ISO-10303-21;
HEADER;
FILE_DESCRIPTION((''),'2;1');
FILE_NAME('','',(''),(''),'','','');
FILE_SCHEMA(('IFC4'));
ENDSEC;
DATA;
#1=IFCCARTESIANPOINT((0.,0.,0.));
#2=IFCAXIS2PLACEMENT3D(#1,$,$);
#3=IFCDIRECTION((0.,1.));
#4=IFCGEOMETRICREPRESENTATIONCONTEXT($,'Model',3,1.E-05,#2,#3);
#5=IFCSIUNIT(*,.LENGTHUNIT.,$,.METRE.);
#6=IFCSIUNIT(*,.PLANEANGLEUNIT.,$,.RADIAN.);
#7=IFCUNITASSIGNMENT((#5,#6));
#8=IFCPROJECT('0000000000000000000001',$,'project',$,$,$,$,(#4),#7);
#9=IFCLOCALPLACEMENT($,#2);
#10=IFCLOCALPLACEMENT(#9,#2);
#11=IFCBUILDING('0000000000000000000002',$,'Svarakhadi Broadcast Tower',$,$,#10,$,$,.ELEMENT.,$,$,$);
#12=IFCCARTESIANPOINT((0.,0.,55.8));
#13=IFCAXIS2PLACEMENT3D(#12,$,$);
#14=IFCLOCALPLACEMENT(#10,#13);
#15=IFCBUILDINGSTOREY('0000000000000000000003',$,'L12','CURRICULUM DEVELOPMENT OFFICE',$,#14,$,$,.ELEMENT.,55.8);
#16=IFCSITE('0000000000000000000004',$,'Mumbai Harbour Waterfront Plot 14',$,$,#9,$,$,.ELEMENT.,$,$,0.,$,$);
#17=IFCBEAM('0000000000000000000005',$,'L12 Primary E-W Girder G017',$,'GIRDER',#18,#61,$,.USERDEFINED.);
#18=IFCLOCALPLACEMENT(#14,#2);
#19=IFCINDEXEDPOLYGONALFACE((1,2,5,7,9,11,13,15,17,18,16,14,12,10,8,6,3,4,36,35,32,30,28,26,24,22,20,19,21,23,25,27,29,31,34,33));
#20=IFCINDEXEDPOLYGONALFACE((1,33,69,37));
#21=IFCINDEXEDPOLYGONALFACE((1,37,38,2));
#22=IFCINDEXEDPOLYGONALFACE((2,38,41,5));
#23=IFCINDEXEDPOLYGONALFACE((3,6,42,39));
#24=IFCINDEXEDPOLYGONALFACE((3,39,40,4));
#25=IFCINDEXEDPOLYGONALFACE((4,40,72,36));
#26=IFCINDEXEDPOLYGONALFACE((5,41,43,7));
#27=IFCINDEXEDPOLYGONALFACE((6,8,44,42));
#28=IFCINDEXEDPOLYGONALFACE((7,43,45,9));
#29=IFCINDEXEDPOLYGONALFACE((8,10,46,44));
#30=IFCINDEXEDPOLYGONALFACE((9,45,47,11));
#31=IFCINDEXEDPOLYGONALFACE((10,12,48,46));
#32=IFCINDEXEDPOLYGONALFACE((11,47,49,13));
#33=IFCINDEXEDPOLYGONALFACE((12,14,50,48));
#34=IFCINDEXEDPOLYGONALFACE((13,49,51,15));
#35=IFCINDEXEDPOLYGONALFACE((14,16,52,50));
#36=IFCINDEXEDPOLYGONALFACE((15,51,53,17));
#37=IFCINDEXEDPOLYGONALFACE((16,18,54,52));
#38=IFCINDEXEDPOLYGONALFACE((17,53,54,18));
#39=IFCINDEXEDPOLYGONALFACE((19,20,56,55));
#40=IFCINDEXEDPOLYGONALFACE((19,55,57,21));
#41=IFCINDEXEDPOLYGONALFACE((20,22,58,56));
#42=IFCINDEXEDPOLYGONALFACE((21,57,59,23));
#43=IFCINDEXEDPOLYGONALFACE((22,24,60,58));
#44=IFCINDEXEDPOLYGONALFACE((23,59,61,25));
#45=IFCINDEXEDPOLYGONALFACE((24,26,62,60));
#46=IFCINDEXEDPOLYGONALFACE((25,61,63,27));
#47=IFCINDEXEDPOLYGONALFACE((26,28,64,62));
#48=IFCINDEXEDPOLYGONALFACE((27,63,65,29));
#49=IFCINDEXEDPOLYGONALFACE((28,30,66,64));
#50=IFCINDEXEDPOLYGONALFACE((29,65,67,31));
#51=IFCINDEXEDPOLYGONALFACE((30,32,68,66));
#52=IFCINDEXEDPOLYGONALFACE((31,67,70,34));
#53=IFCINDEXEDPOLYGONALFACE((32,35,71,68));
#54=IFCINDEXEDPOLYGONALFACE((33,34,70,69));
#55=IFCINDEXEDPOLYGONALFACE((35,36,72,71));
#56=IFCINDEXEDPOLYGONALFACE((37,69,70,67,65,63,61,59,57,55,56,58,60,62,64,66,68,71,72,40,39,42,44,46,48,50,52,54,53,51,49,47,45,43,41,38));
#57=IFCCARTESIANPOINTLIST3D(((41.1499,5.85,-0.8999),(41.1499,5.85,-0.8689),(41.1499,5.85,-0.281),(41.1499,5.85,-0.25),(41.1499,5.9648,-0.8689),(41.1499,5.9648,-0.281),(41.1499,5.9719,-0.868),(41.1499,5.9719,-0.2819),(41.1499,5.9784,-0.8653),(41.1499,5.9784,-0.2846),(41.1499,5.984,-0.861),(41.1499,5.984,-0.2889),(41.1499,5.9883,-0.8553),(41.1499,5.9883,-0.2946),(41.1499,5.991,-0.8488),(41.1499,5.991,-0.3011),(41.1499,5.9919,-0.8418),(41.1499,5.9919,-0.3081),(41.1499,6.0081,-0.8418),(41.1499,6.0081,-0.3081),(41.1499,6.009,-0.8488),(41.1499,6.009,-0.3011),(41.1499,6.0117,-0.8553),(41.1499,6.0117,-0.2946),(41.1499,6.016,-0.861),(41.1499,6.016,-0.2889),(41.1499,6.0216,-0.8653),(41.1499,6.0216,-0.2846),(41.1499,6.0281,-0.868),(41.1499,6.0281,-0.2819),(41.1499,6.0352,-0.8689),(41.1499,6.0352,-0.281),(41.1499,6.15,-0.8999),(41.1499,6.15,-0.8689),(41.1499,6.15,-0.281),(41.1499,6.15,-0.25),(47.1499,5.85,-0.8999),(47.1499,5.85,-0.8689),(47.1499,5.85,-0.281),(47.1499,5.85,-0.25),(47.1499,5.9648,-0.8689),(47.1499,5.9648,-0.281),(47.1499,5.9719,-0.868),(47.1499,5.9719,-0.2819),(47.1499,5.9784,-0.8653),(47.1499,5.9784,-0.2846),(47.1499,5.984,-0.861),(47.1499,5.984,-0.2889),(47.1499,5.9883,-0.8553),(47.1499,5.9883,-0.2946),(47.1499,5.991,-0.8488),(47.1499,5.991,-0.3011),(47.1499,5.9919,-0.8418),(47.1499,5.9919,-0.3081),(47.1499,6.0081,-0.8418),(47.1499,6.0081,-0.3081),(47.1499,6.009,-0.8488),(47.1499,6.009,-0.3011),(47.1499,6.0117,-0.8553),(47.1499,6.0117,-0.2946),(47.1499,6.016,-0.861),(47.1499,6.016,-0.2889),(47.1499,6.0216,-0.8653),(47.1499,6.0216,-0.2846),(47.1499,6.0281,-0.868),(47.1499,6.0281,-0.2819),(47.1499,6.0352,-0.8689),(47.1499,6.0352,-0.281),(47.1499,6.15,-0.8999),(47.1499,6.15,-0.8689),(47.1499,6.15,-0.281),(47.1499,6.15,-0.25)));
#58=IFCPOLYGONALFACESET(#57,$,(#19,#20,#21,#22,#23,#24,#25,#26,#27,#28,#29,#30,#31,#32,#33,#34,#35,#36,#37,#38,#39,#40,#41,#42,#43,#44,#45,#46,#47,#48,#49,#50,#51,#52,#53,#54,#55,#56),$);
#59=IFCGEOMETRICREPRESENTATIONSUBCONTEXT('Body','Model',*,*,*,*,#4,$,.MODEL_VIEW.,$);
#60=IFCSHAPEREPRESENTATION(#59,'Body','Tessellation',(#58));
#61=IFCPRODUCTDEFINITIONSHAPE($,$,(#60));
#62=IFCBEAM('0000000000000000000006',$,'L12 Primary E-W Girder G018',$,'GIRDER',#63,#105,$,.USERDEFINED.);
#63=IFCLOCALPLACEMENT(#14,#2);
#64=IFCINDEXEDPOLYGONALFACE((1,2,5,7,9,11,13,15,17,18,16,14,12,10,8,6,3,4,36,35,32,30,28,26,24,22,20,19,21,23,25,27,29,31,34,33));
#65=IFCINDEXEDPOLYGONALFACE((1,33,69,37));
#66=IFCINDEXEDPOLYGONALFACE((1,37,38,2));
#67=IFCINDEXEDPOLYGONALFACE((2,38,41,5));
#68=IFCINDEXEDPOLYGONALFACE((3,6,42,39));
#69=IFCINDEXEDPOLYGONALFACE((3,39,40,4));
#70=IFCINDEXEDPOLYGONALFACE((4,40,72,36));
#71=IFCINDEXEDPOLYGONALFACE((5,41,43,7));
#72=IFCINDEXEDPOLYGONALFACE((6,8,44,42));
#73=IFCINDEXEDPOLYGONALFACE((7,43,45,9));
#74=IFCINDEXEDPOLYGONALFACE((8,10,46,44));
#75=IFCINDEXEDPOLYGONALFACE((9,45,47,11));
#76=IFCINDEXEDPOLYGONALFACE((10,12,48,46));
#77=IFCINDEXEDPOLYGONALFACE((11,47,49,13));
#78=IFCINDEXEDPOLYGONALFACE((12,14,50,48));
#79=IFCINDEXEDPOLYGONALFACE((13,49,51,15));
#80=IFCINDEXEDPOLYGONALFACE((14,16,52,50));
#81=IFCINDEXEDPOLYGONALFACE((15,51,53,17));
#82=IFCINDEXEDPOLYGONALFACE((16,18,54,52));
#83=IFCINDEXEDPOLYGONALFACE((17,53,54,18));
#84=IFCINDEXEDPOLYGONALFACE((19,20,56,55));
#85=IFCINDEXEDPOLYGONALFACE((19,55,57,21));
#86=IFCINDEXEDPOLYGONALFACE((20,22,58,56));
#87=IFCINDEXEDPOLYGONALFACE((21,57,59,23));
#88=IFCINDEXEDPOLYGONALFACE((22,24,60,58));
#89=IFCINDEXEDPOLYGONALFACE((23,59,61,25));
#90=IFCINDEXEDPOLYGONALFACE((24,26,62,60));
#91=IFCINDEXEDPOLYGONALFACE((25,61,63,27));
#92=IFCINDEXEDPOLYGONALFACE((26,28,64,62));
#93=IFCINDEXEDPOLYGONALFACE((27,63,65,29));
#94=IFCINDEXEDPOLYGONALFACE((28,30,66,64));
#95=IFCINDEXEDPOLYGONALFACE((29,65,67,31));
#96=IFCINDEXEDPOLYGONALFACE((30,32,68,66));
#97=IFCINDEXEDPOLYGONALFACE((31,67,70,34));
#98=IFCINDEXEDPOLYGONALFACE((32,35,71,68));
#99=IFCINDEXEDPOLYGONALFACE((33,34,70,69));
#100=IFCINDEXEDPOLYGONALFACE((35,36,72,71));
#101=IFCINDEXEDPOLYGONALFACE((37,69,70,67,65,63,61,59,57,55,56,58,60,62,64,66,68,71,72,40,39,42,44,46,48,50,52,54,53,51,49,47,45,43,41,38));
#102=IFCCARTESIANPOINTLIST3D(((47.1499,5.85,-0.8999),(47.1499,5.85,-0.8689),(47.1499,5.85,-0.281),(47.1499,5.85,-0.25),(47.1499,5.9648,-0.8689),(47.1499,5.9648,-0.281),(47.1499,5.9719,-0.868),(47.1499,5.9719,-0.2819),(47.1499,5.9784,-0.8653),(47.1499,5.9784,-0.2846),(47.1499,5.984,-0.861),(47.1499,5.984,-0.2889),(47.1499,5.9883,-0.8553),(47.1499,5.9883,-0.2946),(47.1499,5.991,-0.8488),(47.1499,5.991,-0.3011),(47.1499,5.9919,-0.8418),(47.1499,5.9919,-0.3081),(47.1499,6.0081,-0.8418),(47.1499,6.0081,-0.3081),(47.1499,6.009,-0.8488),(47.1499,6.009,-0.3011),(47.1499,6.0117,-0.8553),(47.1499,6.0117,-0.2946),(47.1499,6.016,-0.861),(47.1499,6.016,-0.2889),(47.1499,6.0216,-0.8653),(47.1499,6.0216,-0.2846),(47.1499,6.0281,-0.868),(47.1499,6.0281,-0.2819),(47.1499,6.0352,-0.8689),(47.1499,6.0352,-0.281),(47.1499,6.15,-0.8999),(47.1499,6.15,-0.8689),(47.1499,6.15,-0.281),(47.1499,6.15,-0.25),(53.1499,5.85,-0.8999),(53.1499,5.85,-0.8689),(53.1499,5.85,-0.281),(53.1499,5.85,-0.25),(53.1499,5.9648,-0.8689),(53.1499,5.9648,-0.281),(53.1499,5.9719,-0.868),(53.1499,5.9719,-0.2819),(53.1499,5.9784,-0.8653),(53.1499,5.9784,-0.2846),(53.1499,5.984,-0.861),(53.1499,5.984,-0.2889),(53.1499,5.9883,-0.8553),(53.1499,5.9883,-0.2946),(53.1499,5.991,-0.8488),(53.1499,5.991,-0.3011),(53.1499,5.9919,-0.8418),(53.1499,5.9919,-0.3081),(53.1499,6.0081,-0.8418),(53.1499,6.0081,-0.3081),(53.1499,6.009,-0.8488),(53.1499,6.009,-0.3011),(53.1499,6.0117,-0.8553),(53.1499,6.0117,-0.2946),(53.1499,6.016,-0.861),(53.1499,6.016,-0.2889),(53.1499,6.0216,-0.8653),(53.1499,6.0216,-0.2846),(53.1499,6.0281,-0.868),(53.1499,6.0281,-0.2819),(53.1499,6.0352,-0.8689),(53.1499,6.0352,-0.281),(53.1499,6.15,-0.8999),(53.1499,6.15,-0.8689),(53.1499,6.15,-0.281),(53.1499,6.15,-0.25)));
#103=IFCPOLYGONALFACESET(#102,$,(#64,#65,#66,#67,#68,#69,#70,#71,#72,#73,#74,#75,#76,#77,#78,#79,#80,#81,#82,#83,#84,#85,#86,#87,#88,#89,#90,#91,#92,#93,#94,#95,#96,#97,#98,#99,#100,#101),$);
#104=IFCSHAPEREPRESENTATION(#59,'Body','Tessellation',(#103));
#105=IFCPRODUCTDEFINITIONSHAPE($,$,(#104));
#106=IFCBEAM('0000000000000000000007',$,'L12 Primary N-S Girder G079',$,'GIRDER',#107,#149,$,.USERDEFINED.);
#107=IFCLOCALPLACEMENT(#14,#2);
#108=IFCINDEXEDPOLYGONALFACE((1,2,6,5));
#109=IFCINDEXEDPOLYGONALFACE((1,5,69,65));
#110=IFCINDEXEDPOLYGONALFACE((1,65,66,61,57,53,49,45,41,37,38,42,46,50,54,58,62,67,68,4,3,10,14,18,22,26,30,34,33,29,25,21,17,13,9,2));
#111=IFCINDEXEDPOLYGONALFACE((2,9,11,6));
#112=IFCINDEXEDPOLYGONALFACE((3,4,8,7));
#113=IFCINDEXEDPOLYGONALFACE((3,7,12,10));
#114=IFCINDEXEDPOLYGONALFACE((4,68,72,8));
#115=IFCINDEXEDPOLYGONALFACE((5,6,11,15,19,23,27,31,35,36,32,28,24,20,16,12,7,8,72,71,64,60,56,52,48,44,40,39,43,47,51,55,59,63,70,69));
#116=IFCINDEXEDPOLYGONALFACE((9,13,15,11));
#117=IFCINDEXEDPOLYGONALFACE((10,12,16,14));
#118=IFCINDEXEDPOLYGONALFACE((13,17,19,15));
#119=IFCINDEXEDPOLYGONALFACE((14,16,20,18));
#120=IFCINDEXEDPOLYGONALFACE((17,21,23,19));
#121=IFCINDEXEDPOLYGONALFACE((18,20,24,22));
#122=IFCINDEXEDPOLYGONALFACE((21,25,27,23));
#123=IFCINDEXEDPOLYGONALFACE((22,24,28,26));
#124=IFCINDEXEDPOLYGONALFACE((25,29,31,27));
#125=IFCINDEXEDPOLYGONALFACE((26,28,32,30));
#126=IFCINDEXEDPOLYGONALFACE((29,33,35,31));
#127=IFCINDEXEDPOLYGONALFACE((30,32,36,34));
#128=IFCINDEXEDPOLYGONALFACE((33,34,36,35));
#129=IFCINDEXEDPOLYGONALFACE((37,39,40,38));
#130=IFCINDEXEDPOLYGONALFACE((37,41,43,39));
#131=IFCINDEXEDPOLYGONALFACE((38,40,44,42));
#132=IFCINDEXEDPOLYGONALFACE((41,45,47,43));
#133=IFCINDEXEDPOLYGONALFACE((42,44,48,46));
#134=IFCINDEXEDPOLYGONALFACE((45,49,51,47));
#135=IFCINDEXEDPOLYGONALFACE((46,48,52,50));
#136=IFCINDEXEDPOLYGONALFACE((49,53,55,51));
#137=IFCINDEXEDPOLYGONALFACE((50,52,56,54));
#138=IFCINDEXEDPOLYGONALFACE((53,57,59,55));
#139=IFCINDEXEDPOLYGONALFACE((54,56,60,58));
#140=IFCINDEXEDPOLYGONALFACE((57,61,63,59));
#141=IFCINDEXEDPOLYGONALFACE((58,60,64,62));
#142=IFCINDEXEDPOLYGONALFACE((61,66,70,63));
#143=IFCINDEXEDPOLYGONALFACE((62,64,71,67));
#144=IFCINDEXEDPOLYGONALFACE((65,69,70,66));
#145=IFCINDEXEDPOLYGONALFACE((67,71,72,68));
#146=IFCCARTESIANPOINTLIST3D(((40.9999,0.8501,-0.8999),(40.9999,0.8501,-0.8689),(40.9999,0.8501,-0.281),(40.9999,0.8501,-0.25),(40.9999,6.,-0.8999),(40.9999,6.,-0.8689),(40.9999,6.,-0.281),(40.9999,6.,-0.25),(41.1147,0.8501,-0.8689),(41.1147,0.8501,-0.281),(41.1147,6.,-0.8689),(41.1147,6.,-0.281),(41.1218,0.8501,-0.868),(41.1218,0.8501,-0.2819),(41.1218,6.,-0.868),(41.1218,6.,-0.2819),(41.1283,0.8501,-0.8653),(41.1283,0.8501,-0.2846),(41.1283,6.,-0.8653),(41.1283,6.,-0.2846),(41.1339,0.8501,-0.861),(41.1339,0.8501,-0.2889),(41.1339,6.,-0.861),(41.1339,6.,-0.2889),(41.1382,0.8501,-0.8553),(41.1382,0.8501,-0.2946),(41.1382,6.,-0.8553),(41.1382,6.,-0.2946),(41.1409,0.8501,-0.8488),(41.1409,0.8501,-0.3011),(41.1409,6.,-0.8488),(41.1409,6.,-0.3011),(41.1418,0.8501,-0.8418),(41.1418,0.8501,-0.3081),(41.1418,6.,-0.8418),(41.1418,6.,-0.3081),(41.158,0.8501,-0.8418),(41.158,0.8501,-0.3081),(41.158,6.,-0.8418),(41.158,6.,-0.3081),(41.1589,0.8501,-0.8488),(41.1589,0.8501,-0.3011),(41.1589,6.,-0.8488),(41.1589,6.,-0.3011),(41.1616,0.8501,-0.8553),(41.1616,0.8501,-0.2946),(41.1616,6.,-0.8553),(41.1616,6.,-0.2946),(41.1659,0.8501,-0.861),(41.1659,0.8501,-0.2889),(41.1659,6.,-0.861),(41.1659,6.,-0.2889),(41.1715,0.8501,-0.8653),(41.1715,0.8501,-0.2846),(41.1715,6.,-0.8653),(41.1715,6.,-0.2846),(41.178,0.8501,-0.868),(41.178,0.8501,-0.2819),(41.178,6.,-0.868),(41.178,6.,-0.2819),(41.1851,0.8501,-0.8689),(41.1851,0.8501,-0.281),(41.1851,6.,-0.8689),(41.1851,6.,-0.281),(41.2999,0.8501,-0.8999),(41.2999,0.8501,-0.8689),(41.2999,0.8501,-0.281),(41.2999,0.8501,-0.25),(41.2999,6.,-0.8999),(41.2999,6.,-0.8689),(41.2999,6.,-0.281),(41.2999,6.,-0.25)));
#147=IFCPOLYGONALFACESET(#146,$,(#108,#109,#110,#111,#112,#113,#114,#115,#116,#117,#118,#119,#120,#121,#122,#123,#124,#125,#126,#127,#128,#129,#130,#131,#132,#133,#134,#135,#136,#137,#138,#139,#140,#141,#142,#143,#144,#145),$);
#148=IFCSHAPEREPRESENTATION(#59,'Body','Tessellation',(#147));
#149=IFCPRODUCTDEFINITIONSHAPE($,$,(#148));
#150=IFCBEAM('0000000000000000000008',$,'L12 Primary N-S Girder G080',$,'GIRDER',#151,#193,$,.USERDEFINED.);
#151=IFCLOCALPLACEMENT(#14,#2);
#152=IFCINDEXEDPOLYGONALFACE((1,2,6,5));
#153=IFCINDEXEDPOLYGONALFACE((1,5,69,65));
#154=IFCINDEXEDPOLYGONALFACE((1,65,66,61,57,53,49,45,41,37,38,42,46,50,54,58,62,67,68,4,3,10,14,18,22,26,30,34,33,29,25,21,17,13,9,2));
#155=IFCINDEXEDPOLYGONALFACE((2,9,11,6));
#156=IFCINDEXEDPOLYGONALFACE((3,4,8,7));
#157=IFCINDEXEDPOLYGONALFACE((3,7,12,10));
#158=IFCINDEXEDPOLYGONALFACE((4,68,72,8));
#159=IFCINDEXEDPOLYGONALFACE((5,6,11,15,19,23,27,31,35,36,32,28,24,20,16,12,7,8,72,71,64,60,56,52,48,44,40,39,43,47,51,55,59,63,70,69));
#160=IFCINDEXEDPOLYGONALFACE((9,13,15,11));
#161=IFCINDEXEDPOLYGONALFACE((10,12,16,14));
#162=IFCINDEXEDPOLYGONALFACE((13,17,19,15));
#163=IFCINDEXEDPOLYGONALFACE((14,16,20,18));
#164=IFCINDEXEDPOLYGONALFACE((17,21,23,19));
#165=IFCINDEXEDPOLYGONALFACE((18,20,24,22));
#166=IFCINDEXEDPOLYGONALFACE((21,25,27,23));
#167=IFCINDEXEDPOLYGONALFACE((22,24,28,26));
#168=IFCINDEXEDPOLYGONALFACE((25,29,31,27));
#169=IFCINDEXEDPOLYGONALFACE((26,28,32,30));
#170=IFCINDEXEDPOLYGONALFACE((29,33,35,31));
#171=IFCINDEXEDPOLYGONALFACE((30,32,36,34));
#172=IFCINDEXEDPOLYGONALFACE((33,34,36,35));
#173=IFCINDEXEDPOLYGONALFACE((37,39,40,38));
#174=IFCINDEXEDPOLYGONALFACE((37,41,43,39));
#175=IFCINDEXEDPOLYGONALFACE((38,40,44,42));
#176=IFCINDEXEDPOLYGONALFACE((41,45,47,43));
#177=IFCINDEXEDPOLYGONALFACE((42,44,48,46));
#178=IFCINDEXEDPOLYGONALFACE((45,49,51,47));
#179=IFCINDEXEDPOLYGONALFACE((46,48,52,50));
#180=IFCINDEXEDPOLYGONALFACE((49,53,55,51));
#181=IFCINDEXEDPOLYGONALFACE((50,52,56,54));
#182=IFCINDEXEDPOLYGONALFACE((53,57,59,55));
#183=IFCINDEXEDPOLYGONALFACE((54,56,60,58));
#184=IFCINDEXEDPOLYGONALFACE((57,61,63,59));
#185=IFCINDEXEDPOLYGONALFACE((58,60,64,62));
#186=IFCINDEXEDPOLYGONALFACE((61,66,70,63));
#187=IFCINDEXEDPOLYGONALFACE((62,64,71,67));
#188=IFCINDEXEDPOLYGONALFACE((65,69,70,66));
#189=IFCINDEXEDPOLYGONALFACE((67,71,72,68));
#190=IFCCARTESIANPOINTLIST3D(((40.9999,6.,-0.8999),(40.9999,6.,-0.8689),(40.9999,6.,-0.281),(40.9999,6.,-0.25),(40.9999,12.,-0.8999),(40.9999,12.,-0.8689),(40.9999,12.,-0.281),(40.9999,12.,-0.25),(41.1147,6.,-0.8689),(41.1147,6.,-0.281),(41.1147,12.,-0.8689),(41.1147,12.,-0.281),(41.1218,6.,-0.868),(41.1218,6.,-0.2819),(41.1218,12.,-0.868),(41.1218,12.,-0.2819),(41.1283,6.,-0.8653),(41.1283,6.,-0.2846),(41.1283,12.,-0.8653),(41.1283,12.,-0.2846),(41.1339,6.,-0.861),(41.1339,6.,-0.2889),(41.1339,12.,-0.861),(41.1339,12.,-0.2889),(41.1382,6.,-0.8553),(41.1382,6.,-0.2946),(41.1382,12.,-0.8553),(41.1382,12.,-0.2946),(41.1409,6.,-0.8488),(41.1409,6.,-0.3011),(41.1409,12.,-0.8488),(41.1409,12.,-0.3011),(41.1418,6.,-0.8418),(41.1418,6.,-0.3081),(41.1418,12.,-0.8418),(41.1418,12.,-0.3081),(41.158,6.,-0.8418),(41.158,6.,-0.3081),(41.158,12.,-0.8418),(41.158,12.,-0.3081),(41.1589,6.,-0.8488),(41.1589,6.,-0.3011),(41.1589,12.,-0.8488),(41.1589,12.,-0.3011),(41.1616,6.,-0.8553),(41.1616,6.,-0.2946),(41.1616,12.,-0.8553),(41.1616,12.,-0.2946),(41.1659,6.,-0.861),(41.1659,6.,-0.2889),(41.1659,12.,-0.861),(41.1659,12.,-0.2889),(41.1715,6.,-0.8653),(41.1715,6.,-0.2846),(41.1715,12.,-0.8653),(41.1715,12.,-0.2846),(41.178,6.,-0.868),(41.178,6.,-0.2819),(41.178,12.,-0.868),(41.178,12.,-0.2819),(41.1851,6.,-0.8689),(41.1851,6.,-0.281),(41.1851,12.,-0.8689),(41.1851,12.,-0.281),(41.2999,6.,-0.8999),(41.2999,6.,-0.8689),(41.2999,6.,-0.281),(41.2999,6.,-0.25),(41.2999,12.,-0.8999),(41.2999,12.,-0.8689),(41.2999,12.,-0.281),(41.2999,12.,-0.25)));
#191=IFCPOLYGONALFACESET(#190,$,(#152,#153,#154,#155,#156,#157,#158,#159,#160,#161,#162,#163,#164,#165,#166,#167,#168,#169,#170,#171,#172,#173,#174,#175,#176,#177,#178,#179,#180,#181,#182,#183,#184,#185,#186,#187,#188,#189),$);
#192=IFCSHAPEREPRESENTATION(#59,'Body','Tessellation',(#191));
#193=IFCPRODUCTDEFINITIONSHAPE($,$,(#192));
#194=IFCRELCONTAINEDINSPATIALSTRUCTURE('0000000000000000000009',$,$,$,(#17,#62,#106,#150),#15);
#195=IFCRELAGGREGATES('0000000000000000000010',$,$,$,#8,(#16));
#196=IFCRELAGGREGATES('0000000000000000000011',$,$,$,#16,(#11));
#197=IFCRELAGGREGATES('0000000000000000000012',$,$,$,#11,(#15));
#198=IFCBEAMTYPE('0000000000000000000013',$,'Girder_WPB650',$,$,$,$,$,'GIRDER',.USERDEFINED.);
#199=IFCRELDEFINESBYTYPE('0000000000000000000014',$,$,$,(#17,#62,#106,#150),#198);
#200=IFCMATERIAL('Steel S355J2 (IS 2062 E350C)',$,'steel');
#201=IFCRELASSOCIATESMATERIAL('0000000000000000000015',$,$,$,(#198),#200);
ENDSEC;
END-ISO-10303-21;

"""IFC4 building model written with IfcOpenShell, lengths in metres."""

from ifc_helpers import new_model, si_unit, direction, frame, origin, origin_2d, place, context, subcontext, project, spatial, i_section, extrude, material, material_profile, profile_set, type_object, element, save


model = new_model("IFC4")

# Units and contexts
model_context = context("Model", 3, precision=1e-05, world=origin(), true_north=direction((0.0, 1.0)))
body_context = subcontext(model_context, "Body", "Model", "MODEL_VIEW")
ifc_project = project(units=[si_unit("LENGTHUNIT", "METRE"), si_unit("PLANEANGLEUNIT", "RADIAN")], contexts=[model_context])

# Site, building, storey
site_placement = place(None, origin())
site = spatial("IfcSite", under=ifc_project, at=site_placement, Name="Mumbai Harbour Waterfront Plot 14", CompositionType="ELEMENT", RefElevation=0.0)
building_placement = place(site_placement, origin())
building = spatial("IfcBuilding", under=site, at=building_placement, Name="Svarakhadi Broadcast Tower", CompositionType="ELEMENT")
storey_placement = place(building_placement, frame((0.0, 0.0, 55.8)))
storey = spatial("IfcBuildingStorey", under=building, at=storey_placement, Name="L12", Description="CURRICULUM DEVELOPMENT OFFICE", CompositionType="ELEMENT", Elevation=55.8)

# Beams
ifc_material_1 = material(Name="Steel S355J2 (IS 2062 E350C)", Category="steel")
ifc_material_profile_1 = material_profile(ifc_material_1, i_section(OverallWidth=0.3, OverallDepth=0.6499, WebThickness=0.0161, FlangeThickness=0.031, FilletRadius=0.0271, at=origin_2d()), Name="WPB 650x300x225")
ifc_profile_set_1 = profile_set([ifc_material_profile_1], Name="Steel S355J2 (IS 2062 E350C)")
beam_type_1 = type_object("IfcBeamType", Name="Girder_WPB650", ElementType="GIRDER", PredefinedType="USERDEFINED", material=ifc_profile_set_1)
for number, where, z_axis, x_axis, name in (
    (1, (41.1499, 6.0, -0.575), (1.0, 0.0, 0.0), (0.0, 1.0, 0.0), "L12 Primary E-W Girder G017"),
    (2, (47.1499, 6.0, -0.575), (1.0, 0.0, 0.0), (0.0, 1.0, 0.0), "L12 Primary E-W Girder G018"),
):
    element("IfcBeam", number, at=place(storey_placement, frame(where, z_axis=z_axis, x_axis=x_axis)), inside=storey, type_object=beam_type_1, Name=name, ObjectType="GIRDER", PredefinedType="USERDEFINED", context=body_context, shape_type="SweptSolid", body=[
        extrude(i_section(OverallWidth=0.3, OverallDepth=0.6499, WebThickness=0.0161, FlangeThickness=0.031, FilletRadius=0.0271, at=origin_2d()), origin(), (0.0, 0.0, 1.0), 6.0),
    ])
beam_1_placement = place(storey_placement, frame((41.1499, 0.8501, -0.575), z_axis=(0.0, 1.0, 0.0), x_axis=(-1.0, 0.0, 0.0)))
element("IfcBeam", 3, at=beam_1_placement, inside=storey, type_object=beam_type_1, Name="L12 Primary N-S Girder G079", ObjectType="GIRDER", PredefinedType="USERDEFINED", context=body_context, shape_type="SweptSolid", body=[
    extrude(i_section(OverallWidth=0.3, OverallDepth=0.6499, WebThickness=0.0161, FlangeThickness=0.031, FilletRadius=0.0271, at=origin_2d()), origin(), (0.0, 0.0, 1.0), 5.1499),
])
beam_2_placement = place(storey_placement, frame((41.1499, 6.0, -0.575), z_axis=(0.0, 1.0, 0.0), x_axis=(-1.0, 0.0, 0.0)))
element("IfcBeam", 4, at=beam_2_placement, inside=storey, type_object=beam_type_1, Name="L12 Primary N-S Girder G080", ObjectType="GIRDER", PredefinedType="USERDEFINED", context=body_context, shape_type="SweptSolid", body=[
    extrude(i_section(OverallWidth=0.3, OverallDepth=0.6499, WebThickness=0.0161, FlangeThickness=0.031, FilletRadius=0.0271, at=origin_2d()), origin(), (0.0, 0.0, 1.0), 6.0),
])

save(model, "model.ifc")
